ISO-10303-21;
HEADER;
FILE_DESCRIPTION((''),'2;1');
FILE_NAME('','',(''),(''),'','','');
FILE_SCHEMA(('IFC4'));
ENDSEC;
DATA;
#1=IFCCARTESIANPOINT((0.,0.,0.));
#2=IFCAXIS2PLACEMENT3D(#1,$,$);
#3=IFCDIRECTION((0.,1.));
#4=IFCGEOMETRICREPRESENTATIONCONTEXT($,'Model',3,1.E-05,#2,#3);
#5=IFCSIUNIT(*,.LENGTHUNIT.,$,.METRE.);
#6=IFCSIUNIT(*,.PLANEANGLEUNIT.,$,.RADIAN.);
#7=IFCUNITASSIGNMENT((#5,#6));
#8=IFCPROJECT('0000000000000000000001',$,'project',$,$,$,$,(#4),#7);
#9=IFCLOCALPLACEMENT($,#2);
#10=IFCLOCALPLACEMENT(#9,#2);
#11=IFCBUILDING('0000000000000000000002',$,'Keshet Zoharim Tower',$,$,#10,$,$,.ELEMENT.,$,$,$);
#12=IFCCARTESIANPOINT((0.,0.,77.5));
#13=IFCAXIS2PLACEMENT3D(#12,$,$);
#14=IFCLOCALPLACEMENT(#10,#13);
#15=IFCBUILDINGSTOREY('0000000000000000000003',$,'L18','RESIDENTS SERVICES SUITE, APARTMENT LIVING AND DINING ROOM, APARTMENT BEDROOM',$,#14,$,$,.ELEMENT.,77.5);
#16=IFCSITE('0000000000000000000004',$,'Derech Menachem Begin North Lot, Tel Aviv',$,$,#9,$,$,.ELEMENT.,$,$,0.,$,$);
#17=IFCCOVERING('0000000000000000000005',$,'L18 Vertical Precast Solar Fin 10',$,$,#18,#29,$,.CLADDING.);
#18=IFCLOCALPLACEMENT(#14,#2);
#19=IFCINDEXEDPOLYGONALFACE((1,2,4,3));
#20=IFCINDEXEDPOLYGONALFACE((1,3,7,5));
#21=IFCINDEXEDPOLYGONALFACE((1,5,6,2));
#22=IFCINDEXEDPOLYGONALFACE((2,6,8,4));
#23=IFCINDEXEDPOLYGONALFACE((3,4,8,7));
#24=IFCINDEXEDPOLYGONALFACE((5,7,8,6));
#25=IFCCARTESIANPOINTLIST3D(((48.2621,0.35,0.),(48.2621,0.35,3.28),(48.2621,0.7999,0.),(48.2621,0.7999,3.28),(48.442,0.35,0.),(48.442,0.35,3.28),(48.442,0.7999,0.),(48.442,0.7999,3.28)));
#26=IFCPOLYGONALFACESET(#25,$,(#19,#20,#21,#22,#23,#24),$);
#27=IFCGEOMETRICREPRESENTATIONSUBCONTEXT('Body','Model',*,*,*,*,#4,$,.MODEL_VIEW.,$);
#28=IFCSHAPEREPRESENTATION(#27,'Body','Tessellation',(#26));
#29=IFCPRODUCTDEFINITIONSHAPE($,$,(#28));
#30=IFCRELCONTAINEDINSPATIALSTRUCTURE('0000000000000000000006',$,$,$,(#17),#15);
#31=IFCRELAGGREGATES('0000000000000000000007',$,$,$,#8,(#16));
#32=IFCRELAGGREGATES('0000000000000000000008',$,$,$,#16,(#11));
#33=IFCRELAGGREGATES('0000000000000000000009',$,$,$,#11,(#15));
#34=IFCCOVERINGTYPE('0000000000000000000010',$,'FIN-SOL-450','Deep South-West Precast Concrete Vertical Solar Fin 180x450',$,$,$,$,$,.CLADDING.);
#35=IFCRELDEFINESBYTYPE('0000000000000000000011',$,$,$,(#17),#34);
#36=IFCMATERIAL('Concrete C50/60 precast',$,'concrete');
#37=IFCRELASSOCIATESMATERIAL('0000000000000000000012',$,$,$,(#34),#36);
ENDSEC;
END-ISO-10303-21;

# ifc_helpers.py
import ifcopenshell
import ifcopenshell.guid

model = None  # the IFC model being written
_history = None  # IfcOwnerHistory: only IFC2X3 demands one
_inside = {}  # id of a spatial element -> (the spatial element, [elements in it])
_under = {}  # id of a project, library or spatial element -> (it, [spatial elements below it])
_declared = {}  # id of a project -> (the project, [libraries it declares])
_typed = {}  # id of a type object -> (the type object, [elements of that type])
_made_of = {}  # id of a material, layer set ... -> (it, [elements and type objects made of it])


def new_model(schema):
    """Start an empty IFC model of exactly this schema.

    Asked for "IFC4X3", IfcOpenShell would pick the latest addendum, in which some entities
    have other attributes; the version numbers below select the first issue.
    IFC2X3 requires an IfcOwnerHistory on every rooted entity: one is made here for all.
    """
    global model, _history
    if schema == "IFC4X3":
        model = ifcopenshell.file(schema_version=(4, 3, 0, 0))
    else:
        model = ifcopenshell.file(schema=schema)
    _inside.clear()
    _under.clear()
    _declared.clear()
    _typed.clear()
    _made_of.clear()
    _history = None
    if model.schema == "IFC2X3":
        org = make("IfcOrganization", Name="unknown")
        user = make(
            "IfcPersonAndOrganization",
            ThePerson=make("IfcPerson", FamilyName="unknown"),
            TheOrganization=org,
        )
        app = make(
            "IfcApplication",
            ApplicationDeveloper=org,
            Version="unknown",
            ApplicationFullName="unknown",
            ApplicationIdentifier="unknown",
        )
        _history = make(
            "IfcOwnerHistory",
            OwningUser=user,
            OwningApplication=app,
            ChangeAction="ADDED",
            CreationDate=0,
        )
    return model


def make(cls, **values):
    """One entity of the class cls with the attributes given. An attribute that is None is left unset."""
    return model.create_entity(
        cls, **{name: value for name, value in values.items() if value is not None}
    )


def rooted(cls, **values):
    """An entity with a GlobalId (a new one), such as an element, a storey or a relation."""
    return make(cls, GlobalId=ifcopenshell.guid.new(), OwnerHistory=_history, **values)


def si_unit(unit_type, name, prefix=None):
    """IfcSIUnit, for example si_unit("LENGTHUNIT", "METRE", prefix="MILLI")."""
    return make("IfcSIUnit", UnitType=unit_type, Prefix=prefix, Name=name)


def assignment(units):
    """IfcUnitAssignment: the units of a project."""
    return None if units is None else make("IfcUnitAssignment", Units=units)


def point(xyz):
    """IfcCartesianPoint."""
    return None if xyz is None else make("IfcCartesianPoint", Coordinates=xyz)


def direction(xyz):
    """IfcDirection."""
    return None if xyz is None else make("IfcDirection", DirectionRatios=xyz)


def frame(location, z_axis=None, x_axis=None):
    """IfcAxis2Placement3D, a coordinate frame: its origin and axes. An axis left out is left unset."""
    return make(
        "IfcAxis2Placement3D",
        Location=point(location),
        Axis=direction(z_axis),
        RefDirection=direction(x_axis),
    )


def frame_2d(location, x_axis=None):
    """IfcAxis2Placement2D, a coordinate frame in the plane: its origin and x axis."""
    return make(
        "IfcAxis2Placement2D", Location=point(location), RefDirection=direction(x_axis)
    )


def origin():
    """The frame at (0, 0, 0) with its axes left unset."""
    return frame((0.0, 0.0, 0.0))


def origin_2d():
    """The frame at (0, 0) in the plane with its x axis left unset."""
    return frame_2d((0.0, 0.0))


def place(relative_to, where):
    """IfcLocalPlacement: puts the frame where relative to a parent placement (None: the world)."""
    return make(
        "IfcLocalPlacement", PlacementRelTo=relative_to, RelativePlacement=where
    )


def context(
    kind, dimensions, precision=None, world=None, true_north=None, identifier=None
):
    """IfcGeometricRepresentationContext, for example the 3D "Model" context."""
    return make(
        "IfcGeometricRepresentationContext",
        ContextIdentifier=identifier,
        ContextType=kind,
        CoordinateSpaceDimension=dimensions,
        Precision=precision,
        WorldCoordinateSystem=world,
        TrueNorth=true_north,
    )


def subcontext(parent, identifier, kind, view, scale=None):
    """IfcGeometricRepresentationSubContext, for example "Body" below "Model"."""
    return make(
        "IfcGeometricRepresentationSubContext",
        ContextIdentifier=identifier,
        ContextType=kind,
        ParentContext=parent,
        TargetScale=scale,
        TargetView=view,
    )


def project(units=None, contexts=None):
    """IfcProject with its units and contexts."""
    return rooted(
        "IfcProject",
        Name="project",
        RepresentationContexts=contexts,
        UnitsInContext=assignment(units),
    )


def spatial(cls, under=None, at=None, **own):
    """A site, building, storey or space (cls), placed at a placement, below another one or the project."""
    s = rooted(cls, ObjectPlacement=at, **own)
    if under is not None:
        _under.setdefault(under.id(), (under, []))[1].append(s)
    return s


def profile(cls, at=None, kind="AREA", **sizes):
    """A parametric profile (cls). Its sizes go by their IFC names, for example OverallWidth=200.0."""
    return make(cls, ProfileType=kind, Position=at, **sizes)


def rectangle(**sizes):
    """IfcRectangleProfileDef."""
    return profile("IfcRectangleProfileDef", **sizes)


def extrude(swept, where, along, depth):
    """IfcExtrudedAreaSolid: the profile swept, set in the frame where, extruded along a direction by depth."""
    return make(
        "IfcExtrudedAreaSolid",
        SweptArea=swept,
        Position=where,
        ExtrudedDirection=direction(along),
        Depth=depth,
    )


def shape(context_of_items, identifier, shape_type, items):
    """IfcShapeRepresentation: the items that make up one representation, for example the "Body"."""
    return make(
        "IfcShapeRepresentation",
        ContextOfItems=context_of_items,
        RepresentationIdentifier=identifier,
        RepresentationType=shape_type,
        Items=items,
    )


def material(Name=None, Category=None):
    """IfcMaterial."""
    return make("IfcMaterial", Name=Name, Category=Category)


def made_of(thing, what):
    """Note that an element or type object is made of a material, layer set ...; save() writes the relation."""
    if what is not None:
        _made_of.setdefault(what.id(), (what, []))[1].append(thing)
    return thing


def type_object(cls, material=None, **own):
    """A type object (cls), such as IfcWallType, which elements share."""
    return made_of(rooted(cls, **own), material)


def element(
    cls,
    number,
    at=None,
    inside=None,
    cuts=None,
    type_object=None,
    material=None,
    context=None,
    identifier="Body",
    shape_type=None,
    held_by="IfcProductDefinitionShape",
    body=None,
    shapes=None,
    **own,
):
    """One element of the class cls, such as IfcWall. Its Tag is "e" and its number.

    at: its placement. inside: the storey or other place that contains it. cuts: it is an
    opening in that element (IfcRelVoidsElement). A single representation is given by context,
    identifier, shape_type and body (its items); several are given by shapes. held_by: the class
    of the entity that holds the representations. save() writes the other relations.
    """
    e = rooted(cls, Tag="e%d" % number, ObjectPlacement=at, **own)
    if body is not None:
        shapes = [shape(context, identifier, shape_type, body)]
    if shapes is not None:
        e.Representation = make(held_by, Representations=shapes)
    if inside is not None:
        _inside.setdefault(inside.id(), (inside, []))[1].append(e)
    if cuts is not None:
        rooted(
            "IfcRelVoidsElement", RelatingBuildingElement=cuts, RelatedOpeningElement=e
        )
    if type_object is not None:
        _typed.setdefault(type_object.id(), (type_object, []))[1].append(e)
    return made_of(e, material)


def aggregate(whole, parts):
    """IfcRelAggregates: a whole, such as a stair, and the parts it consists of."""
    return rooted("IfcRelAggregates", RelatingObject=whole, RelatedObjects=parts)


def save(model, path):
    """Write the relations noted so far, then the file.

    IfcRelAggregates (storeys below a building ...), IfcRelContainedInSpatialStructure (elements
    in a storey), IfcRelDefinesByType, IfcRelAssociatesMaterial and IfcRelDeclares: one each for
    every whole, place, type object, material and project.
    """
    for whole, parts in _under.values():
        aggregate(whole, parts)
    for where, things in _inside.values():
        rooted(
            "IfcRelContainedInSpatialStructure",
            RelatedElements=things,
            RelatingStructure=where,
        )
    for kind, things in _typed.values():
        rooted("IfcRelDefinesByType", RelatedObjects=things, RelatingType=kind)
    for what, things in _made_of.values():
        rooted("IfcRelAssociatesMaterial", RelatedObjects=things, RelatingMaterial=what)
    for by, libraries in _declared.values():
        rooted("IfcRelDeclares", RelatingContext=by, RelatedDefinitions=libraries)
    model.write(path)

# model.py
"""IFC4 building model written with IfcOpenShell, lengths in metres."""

from ifc_helpers import new_model, si_unit, direction, frame, origin, origin_2d, place, context, subcontext, project, spatial, rectangle, extrude, material, type_object, element, save


model = new_model("IFC4")

# Units and contexts
model_context = context("Model", 3, precision=1e-05, world=origin(), true_north=direction((0.0, 1.0)))
body_context = subcontext(model_context, "Body", "Model", "MODEL_VIEW")
ifc_project = project(units=[si_unit("LENGTHUNIT", "METRE"), si_unit("PLANEANGLEUNIT", "RADIAN")], contexts=[model_context])

# Site, building, storey
site_placement = place(None, origin())
site = spatial("IfcSite", under=ifc_project, at=site_placement, Name="Derech Menachem Begin North Lot, Tel Aviv", CompositionType="ELEMENT", RefElevation=0.0)
building_placement = place(site_placement, origin())
building = spatial("IfcBuilding", under=site, at=building_placement, Name="Keshet Zoharim Tower", CompositionType="ELEMENT")
storey_placement = place(building_placement, frame((0.0, 0.0, 77.5)))
storey = spatial("IfcBuildingStorey", under=building, at=storey_placement, Name="L18", Description="RESIDENTS SERVICES SUITE, APARTMENT LIVING AND DINING ROOM, APARTMENT BEDROOM", CompositionType="ELEMENT", Elevation=77.5)

# Covering
ifc_material_1 = material(Name="Concrete C50/60 precast", Category="concrete")
covering_type = type_object("IfcCoveringType", Name="FIN-SOL-450", Description="Deep South-West Precast Concrete Vertical Solar Fin 180x450", PredefinedType="CLADDING", material=ifc_material_1)
covering_placement = place(storey_placement, frame((48.3521, 0.575, 0.0), z_axis=(0.0, 0.0, 1.0), x_axis=(-1.0, 0.0, 0.0)))
element("IfcCovering", 1, at=covering_placement, inside=storey, type_object=covering_type, Name="L18 Vertical Precast Solar Fin 10", PredefinedType="CLADDING", context=body_context, shape_type="SweptSolid", body=[
    extrude(rectangle(XDim=0.1799, YDim=0.45, at=origin_2d()), origin(), (0.0, 0.0, 1.0), 3.28),
])

save(model, "model.ifc")
